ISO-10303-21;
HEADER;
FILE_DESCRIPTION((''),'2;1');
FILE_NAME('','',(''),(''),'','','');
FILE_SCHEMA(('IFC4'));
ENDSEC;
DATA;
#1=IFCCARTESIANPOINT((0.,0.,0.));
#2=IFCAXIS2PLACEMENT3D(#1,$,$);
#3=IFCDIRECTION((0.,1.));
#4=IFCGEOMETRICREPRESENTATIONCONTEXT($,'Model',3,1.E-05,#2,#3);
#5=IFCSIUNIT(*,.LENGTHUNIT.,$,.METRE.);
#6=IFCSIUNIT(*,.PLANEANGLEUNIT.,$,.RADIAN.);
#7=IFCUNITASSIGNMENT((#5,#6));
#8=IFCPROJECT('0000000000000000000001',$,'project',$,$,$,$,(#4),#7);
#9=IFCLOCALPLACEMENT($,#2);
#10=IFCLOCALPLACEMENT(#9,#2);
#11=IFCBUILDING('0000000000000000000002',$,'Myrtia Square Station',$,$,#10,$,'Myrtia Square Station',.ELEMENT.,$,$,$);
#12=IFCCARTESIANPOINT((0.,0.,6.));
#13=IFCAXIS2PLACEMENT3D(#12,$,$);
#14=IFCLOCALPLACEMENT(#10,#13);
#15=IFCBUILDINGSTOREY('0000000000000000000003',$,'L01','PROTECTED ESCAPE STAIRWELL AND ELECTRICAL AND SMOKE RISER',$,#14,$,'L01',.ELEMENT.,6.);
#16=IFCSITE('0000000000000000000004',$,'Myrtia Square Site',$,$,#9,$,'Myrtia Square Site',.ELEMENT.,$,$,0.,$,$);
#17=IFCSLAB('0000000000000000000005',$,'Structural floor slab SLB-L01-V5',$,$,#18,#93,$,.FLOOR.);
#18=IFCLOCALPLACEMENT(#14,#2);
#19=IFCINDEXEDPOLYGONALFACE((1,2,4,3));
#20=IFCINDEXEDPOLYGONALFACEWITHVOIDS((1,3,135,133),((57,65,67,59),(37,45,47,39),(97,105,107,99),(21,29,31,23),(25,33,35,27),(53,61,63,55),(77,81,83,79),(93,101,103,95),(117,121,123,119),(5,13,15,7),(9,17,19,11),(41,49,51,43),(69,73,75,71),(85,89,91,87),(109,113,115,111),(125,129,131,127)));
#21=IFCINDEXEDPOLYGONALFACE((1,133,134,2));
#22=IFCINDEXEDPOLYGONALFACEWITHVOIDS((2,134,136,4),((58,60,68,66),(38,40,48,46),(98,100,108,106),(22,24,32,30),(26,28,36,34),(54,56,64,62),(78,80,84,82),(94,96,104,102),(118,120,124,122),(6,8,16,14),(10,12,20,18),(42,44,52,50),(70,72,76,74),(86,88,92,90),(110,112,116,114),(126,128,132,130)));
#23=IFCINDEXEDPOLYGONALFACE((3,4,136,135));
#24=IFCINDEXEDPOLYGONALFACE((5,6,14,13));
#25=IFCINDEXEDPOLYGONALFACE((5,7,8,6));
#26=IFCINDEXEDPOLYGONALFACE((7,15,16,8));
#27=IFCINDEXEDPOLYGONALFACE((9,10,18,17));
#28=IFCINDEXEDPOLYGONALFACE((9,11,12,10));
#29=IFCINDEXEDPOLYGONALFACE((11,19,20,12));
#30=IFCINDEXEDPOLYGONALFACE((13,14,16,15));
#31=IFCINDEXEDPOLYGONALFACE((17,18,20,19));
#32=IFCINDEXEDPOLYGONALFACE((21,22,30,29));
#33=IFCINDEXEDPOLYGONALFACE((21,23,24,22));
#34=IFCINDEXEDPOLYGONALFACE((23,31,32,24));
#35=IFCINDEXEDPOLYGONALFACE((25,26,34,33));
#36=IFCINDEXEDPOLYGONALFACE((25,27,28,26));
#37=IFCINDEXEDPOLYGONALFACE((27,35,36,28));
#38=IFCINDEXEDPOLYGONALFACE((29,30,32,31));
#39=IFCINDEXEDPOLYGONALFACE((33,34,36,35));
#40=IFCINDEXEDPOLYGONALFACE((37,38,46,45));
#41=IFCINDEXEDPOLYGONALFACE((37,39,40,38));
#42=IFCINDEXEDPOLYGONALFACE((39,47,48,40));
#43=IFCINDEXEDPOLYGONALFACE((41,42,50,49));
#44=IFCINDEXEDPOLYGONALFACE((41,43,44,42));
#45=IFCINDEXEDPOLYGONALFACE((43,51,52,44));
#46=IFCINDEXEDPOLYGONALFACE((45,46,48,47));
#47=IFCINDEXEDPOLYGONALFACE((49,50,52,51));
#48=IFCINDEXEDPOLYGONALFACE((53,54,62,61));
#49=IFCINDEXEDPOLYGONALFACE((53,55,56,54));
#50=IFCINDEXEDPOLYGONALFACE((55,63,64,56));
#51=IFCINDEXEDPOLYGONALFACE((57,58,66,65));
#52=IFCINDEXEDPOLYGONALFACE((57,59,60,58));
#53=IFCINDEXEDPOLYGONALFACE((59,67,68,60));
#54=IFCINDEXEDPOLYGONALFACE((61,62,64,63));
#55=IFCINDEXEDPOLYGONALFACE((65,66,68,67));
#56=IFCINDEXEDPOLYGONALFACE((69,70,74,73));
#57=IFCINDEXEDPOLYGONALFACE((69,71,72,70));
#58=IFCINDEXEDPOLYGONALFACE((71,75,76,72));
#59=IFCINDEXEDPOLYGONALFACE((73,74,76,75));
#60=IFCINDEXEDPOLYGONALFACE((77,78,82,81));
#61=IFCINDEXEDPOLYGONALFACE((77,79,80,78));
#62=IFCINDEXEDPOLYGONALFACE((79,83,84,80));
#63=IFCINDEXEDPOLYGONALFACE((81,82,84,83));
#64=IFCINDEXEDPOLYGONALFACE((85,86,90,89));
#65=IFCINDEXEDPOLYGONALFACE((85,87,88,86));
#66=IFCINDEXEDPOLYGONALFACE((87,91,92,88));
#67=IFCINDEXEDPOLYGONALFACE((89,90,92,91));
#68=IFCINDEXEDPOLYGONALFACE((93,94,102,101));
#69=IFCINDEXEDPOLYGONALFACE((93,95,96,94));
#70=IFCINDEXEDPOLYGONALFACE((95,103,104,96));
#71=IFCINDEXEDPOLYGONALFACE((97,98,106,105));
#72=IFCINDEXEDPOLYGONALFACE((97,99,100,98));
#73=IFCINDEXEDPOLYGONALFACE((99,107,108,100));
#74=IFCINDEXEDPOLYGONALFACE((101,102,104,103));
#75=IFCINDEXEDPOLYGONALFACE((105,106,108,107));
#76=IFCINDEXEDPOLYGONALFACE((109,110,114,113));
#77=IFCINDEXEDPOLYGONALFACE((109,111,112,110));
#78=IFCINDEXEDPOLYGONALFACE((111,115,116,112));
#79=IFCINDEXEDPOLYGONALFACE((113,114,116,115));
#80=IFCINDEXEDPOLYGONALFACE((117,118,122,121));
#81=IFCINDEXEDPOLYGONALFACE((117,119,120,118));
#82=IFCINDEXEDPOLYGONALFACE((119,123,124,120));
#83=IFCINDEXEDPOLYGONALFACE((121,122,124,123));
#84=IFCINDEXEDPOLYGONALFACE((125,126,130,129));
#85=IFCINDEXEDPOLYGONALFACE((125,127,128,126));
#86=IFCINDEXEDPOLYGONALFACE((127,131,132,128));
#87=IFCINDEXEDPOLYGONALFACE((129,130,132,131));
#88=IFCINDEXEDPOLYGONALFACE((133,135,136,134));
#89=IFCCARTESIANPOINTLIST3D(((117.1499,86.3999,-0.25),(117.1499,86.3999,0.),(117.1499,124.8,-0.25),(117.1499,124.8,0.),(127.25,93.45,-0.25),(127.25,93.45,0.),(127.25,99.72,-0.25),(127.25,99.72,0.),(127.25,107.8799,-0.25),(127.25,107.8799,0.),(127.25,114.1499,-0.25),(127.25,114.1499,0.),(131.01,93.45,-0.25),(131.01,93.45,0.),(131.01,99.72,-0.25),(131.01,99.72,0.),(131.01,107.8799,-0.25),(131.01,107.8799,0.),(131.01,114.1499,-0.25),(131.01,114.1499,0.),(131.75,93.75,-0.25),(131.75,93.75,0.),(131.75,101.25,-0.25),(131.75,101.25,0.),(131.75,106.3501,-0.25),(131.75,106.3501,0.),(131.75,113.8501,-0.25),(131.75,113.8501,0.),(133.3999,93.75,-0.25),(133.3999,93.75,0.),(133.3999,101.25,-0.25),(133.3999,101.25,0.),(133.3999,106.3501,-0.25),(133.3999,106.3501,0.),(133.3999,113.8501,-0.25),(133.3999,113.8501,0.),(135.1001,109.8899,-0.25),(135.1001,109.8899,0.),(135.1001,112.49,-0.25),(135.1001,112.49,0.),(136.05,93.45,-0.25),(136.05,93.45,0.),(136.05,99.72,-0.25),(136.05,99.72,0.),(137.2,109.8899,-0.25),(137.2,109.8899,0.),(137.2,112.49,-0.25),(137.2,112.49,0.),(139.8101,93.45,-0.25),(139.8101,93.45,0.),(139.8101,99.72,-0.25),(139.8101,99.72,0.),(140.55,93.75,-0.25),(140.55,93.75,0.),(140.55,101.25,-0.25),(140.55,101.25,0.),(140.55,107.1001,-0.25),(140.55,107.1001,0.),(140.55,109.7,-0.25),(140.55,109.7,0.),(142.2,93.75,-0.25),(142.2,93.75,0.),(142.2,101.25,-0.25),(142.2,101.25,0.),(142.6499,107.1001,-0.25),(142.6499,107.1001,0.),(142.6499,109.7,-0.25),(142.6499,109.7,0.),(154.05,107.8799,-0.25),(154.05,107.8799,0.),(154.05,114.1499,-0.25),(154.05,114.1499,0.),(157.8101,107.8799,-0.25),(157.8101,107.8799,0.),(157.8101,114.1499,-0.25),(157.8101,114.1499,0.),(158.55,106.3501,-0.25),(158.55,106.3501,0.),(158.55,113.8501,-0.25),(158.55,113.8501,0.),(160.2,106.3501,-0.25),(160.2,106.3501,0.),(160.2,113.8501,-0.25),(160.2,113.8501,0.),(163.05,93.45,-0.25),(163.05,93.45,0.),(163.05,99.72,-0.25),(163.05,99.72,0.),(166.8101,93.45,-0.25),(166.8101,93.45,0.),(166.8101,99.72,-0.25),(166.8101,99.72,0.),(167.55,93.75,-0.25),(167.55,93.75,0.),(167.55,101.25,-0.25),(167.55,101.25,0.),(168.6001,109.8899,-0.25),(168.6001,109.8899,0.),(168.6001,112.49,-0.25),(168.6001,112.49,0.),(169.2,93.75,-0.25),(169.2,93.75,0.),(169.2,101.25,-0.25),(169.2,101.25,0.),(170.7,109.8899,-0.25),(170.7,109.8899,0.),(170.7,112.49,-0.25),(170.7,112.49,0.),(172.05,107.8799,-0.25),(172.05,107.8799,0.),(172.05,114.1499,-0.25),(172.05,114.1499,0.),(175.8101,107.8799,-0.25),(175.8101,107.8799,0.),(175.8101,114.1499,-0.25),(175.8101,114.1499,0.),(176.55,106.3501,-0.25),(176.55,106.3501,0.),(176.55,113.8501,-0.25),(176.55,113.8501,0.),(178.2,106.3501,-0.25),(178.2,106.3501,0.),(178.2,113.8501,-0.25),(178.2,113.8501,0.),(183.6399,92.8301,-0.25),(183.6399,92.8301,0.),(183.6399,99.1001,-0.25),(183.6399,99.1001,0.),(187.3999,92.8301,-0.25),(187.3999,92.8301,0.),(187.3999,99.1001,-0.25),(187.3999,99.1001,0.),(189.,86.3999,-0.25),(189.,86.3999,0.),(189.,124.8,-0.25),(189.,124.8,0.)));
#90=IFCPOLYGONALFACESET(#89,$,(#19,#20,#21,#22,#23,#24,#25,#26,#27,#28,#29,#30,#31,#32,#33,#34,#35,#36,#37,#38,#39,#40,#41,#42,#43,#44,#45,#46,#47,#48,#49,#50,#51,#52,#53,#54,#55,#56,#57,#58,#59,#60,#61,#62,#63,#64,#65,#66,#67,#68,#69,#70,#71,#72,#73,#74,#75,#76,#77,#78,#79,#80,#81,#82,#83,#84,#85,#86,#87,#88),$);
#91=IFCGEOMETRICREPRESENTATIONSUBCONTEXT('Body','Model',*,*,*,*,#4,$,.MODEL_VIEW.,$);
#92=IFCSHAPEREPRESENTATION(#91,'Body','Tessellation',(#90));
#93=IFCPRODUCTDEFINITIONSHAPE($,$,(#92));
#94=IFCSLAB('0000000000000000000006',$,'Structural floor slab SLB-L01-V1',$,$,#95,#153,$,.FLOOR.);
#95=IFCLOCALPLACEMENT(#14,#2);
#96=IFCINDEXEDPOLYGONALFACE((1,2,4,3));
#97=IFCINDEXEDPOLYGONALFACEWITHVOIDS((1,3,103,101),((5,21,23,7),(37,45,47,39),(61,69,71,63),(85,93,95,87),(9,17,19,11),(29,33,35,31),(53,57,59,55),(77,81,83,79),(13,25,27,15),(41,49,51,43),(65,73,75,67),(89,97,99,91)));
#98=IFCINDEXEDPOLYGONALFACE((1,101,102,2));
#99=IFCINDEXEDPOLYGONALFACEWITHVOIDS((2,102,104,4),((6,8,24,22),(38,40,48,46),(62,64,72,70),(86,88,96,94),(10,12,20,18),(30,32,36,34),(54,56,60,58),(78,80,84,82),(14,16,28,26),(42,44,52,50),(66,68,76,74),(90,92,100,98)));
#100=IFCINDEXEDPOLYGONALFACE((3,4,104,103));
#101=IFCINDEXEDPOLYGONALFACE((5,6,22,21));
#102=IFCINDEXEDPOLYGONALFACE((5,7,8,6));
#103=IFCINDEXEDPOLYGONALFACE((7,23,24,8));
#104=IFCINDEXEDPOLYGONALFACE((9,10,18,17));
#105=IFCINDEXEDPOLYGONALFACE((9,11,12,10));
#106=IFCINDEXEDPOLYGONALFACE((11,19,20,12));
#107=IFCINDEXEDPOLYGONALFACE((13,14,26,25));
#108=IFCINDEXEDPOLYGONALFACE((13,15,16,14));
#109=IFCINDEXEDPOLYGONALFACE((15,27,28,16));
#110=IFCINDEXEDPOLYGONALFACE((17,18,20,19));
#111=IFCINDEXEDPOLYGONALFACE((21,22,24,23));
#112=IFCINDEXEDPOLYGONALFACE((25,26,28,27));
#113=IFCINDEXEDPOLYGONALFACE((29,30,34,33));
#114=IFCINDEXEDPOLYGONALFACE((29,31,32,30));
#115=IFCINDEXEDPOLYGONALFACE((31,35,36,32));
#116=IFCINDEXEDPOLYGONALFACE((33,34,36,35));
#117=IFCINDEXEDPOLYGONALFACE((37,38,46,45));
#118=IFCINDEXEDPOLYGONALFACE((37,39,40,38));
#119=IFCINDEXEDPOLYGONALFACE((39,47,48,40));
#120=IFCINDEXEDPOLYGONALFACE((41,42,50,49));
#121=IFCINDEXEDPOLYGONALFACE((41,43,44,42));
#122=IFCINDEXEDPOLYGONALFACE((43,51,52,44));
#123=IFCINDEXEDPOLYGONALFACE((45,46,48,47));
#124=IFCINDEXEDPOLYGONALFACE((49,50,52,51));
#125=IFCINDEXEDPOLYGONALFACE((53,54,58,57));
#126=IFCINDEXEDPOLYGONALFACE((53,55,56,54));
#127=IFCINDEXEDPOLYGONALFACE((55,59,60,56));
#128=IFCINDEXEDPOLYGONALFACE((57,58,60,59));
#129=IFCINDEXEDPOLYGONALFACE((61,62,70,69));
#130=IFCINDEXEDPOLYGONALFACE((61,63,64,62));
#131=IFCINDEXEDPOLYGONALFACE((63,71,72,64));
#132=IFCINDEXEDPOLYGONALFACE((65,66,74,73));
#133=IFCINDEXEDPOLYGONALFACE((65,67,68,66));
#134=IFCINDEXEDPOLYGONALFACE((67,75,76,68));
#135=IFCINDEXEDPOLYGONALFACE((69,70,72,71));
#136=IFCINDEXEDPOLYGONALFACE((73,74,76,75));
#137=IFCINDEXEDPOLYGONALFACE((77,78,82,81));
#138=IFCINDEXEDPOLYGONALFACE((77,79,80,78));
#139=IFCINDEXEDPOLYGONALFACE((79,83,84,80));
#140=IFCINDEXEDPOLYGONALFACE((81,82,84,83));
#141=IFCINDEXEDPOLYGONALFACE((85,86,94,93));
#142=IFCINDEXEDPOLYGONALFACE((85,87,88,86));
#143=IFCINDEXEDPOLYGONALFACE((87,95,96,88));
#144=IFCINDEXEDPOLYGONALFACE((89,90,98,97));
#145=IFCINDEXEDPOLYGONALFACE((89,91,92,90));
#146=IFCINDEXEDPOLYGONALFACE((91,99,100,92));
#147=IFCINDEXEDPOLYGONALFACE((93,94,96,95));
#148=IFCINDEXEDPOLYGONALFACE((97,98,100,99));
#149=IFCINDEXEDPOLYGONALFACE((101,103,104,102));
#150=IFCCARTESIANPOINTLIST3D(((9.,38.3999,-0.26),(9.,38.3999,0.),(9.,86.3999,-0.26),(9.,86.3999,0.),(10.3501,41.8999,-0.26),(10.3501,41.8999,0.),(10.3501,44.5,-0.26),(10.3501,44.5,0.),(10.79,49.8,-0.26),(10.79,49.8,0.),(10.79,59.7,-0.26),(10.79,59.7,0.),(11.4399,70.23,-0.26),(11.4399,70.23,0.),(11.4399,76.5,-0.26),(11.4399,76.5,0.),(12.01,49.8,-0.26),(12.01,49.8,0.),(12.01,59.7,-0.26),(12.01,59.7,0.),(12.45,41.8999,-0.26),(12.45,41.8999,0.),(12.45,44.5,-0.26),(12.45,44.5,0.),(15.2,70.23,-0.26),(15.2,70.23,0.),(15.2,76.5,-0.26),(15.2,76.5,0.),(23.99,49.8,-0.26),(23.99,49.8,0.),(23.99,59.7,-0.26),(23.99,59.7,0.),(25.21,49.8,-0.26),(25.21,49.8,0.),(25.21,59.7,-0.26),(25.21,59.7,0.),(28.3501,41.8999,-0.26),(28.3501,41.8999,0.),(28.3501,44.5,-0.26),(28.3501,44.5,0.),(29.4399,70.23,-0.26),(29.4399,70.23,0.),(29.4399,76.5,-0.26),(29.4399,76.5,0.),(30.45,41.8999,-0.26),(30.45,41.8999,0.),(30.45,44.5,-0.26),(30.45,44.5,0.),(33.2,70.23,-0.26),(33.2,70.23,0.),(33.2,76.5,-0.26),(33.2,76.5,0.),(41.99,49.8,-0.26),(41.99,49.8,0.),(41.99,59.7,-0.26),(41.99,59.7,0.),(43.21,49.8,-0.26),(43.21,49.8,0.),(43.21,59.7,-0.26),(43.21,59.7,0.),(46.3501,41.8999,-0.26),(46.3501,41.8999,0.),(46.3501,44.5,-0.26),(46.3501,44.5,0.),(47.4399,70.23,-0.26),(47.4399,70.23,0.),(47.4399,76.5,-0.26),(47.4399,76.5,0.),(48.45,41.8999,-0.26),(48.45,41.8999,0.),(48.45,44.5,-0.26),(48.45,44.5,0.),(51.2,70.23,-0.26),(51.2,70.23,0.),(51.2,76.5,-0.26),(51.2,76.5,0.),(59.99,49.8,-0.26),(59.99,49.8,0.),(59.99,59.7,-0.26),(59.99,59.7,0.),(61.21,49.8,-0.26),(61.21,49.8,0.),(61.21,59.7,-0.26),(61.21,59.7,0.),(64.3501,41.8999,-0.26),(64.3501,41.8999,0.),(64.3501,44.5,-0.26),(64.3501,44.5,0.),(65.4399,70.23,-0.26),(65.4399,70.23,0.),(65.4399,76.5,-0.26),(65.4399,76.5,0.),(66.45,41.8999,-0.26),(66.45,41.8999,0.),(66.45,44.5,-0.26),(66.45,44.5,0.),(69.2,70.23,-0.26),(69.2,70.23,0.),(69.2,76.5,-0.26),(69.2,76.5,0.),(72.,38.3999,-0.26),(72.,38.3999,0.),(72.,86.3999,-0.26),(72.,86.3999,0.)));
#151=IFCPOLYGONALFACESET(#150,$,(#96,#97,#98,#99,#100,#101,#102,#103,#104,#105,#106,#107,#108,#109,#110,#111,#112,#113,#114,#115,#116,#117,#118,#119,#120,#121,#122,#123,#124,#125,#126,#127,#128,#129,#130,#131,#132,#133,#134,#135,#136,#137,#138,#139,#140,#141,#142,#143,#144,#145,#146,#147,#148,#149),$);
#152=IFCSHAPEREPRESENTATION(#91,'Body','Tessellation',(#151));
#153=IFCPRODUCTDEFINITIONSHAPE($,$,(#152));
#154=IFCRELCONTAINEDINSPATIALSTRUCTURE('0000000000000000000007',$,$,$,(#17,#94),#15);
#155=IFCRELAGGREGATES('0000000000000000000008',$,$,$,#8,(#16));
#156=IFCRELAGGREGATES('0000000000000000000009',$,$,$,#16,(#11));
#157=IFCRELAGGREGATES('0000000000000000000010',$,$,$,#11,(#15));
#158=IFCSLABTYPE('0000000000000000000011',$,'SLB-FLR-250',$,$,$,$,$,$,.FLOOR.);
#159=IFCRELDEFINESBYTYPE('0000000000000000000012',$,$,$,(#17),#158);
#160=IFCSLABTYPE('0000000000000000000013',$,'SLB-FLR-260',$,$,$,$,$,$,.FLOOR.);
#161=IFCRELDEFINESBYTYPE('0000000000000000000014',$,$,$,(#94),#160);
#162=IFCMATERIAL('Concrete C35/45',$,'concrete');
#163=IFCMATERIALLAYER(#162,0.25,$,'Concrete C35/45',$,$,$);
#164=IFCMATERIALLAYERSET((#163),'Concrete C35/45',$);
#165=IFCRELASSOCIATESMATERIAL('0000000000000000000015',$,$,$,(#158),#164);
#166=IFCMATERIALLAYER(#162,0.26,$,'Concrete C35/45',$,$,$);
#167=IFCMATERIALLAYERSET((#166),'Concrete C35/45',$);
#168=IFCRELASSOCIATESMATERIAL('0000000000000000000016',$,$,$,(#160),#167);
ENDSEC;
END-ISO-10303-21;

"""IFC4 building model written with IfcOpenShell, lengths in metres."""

from ifc_helpers import new_model, si_unit, direction, frame, origin, place, context, subcontext, project, spatial, polyline, outline, extrude, material, layer, layer_set, type_object, element, save


model = new_model("IFC4")

# Units and contexts
model_context = context("Model", 3, precision=1e-05, world=origin(), true_north=direction((0.0, 1.0)))
body_context = subcontext(model_context, "Body", "Model", "MODEL_VIEW")
ifc_project = project(units=[si_unit("LENGTHUNIT", "METRE"), si_unit("PLANEANGLEUNIT", "RADIAN")], contexts=[model_context])

# Site, building, storey
site_placement = place(None, origin())
site = spatial("IfcSite", under=ifc_project, at=site_placement, Name="Myrtia Square Site", LongName="Myrtia Square Site", CompositionType="ELEMENT", RefElevation=0.0)
building_placement = place(site_placement, origin())
building = spatial("IfcBuilding", under=site, at=building_placement, Name="Myrtia Square Station", LongName="Myrtia Square Station", CompositionType="ELEMENT")
storey_placement = place(building_placement, frame((0.0, 0.0, 6.0)))
storey = spatial("IfcBuildingStorey", under=building, at=storey_placement, Name="L01", Description="PROTECTED ESCAPE STAIRWELL AND ELECTRICAL AND SMOKE RISER", LongName="L01", CompositionType="ELEMENT", Elevation=6.0)

# Slabs
ifc_material_1 = material(Name="Concrete C35/45", Category="concrete")
ifc_layer_1 = layer(ifc_material_1, 0.25, Name="Concrete C35/45")
ifc_layer_set_1 = layer_set([ifc_layer_1], Name="Concrete C35/45")
slab_type_1 = type_object("IfcSlabType", Name="SLB-FLR-250", PredefinedType="FLOOR", material=ifc_layer_set_1)
slab_1_placement = place(storey_placement, frame((0.0, 0.0, -0.25)))
element("IfcSlab", 1, at=slab_1_placement, inside=storey, type_object=slab_type_1, Name="Structural floor slab SLB-L01-V5", PredefinedType="FLOOR", context=body_context, shape_type="SweptSolid", body=[
    extrude(outline(polyline([(117.1499, 86.3999), (189.0, 86.3999), (189.0, 124.8), (117.1499, 124.8), (117.1499, 86.3999)]), holes=[polyline([(131.75, 106.3501), (131.75, 113.8501), (133.3999, 113.8501), (133.3999, 106.3501), (131.75, 106.3501)]), polyline([(176.55, 106.3501), (176.55, 113.8501), (178.2, 113.8501), (178.2, 106.3501), (176.55, 106.3501)]), polyline([(131.75, 93.75), (131.75, 101.25), (133.3999, 101.25), (133.3999, 93.75), (131.75, 93.75)]), polyline([(140.55, 93.75), (140.55, 101.25), (142.2, 101.25), (142.2, 93.75), (140.55, 93.75)]), polyline([(158.55, 106.3501), (158.55, 113.8501), (160.2, 113.8501), (160.2, 106.3501), (158.55, 106.3501)]), polyline([(167.55, 93.75), (167.55, 101.25), (169.2, 101.25), (169.2, 93.75), (167.55, 93.75)]), polyline([(127.25, 107.8799), (127.25, 114.1499), (131.01, 114.1499), (131.01, 107.8799), (127.25, 107.8799)]), polyline([(172.05, 107.8799), (172.05, 114.1499), (175.8101, 114.1499), (175.8101, 107.8799), (172.05, 107.8799)]), polyline([(127.25, 93.45), (127.25, 99.72), (131.01, 99.72), (131.01, 93.45), (127.25, 93.45)]), polyline([(136.05, 93.45), (136.05, 99.72), (139.8101, 99.72), (139.8101, 93.45), (136.05, 93.45)]), polyline([(154.05, 107.8799), (154.05, 114.1499), (157.8101, 114.1499), (157.8101, 107.8799), (154.05, 107.8799)]), polyline([(163.05, 93.45), (163.05, 99.72), (166.8101, 99.72), (166.8101, 93.45), (163.05, 93.45)]), polyline([(183.6399, 92.8301), (183.6399, 99.1001), (187.3999, 99.1001), (187.3999, 92.8301), (183.6399, 92.8301)]), polyline([(140.55, 107.1001), (140.55, 109.7), (142.6499, 109.7), (142.6499, 107.1001), (140.55, 107.1001)]), polyline([(135.1001, 109.8899), (135.1001, 112.49), (137.2, 112.49), (137.2, 109.8899), (135.1001, 109.8899)]), polyline([(168.6001, 109.8899), (168.6001, 112.49), (170.7, 112.49), (170.7, 109.8899), (168.6001, 109.8899)])]), origin(), (0.0, 0.0, 1.0), 0.25),
])
ifc_layer_2 = layer(ifc_material_1, 0.26, Name="Concrete C35/45")
ifc_layer_set_2 = layer_set([ifc_layer_2], Name="Concrete C35/45")
slab_type_2 = type_object("IfcSlabType", Name="SLB-FLR-260", PredefinedType="FLOOR", material=ifc_layer_set_2)
slab_2_placement = place(storey_placement, frame((0.0, 0.0, -0.26)))
element("IfcSlab", 2, at=slab_2_placement, inside=storey, type_object=slab_type_2, Name="Structural floor slab SLB-L01-V1", PredefinedType="FLOOR", context=body_context, shape_type="SweptSolid", body=[
    extrude(outline(polyline([(9.0, 38.3999), (72.0, 38.3999), (72.0, 86.3999), (9.0, 86.3999), (9.0, 38.3999)]), holes=[polyline([(11.4399, 70.23), (11.4399, 76.5), (15.2, 76.5), (15.2, 70.23), (11.4399, 70.23)]), polyline([(29.4399, 70.23), (29.4399, 76.5), (33.2, 76.5), (33.2, 70.23), (29.4399, 70.23)]), polyline([(47.4399, 70.23), (47.4399, 76.5), (51.2, 76.5), (51.2, 70.23), (47.4399, 70.23)]), polyline([(65.4399, 70.23), (65.4399, 76.5), (69.2, 76.5), (69.2, 70.23), (65.4399, 70.23)]), polyline([(10.3501, 41.8999), (10.3501, 44.5), (12.45, 44.5), (12.45, 41.8999), (10.3501, 41.8999)]), polyline([(28.3501, 41.8999), (28.3501, 44.5), (30.45, 44.5), (30.45, 41.8999), (28.3501, 41.8999)]), polyline([(46.3501, 41.8999), (46.3501, 44.5), (48.45, 44.5), (48.45, 41.8999), (46.3501, 41.8999)]), polyline([(64.3501, 41.8999), (64.3501, 44.5), (66.45, 44.5), (66.45, 41.8999), (64.3501, 41.8999)]), polyline([(10.79, 49.8), (10.79, 59.7), (12.01, 59.7), (12.01, 49.8), (10.79, 49.8)]), polyline([(23.99, 49.8), (23.99, 59.7), (25.21, 59.7), (25.21, 49.8), (23.99, 49.8)]), polyline([(41.99, 49.8), (41.99, 59.7), (43.21, 59.7), (43.21, 49.8), (41.99, 49.8)]), polyline([(59.99, 49.8), (59.99, 59.7), (61.21, 59.7), (61.21, 49.8), (59.99, 49.8)])]), origin(), (0.0, 0.0, 1.0), 0.26),
])

save(model, "model.ifc")
